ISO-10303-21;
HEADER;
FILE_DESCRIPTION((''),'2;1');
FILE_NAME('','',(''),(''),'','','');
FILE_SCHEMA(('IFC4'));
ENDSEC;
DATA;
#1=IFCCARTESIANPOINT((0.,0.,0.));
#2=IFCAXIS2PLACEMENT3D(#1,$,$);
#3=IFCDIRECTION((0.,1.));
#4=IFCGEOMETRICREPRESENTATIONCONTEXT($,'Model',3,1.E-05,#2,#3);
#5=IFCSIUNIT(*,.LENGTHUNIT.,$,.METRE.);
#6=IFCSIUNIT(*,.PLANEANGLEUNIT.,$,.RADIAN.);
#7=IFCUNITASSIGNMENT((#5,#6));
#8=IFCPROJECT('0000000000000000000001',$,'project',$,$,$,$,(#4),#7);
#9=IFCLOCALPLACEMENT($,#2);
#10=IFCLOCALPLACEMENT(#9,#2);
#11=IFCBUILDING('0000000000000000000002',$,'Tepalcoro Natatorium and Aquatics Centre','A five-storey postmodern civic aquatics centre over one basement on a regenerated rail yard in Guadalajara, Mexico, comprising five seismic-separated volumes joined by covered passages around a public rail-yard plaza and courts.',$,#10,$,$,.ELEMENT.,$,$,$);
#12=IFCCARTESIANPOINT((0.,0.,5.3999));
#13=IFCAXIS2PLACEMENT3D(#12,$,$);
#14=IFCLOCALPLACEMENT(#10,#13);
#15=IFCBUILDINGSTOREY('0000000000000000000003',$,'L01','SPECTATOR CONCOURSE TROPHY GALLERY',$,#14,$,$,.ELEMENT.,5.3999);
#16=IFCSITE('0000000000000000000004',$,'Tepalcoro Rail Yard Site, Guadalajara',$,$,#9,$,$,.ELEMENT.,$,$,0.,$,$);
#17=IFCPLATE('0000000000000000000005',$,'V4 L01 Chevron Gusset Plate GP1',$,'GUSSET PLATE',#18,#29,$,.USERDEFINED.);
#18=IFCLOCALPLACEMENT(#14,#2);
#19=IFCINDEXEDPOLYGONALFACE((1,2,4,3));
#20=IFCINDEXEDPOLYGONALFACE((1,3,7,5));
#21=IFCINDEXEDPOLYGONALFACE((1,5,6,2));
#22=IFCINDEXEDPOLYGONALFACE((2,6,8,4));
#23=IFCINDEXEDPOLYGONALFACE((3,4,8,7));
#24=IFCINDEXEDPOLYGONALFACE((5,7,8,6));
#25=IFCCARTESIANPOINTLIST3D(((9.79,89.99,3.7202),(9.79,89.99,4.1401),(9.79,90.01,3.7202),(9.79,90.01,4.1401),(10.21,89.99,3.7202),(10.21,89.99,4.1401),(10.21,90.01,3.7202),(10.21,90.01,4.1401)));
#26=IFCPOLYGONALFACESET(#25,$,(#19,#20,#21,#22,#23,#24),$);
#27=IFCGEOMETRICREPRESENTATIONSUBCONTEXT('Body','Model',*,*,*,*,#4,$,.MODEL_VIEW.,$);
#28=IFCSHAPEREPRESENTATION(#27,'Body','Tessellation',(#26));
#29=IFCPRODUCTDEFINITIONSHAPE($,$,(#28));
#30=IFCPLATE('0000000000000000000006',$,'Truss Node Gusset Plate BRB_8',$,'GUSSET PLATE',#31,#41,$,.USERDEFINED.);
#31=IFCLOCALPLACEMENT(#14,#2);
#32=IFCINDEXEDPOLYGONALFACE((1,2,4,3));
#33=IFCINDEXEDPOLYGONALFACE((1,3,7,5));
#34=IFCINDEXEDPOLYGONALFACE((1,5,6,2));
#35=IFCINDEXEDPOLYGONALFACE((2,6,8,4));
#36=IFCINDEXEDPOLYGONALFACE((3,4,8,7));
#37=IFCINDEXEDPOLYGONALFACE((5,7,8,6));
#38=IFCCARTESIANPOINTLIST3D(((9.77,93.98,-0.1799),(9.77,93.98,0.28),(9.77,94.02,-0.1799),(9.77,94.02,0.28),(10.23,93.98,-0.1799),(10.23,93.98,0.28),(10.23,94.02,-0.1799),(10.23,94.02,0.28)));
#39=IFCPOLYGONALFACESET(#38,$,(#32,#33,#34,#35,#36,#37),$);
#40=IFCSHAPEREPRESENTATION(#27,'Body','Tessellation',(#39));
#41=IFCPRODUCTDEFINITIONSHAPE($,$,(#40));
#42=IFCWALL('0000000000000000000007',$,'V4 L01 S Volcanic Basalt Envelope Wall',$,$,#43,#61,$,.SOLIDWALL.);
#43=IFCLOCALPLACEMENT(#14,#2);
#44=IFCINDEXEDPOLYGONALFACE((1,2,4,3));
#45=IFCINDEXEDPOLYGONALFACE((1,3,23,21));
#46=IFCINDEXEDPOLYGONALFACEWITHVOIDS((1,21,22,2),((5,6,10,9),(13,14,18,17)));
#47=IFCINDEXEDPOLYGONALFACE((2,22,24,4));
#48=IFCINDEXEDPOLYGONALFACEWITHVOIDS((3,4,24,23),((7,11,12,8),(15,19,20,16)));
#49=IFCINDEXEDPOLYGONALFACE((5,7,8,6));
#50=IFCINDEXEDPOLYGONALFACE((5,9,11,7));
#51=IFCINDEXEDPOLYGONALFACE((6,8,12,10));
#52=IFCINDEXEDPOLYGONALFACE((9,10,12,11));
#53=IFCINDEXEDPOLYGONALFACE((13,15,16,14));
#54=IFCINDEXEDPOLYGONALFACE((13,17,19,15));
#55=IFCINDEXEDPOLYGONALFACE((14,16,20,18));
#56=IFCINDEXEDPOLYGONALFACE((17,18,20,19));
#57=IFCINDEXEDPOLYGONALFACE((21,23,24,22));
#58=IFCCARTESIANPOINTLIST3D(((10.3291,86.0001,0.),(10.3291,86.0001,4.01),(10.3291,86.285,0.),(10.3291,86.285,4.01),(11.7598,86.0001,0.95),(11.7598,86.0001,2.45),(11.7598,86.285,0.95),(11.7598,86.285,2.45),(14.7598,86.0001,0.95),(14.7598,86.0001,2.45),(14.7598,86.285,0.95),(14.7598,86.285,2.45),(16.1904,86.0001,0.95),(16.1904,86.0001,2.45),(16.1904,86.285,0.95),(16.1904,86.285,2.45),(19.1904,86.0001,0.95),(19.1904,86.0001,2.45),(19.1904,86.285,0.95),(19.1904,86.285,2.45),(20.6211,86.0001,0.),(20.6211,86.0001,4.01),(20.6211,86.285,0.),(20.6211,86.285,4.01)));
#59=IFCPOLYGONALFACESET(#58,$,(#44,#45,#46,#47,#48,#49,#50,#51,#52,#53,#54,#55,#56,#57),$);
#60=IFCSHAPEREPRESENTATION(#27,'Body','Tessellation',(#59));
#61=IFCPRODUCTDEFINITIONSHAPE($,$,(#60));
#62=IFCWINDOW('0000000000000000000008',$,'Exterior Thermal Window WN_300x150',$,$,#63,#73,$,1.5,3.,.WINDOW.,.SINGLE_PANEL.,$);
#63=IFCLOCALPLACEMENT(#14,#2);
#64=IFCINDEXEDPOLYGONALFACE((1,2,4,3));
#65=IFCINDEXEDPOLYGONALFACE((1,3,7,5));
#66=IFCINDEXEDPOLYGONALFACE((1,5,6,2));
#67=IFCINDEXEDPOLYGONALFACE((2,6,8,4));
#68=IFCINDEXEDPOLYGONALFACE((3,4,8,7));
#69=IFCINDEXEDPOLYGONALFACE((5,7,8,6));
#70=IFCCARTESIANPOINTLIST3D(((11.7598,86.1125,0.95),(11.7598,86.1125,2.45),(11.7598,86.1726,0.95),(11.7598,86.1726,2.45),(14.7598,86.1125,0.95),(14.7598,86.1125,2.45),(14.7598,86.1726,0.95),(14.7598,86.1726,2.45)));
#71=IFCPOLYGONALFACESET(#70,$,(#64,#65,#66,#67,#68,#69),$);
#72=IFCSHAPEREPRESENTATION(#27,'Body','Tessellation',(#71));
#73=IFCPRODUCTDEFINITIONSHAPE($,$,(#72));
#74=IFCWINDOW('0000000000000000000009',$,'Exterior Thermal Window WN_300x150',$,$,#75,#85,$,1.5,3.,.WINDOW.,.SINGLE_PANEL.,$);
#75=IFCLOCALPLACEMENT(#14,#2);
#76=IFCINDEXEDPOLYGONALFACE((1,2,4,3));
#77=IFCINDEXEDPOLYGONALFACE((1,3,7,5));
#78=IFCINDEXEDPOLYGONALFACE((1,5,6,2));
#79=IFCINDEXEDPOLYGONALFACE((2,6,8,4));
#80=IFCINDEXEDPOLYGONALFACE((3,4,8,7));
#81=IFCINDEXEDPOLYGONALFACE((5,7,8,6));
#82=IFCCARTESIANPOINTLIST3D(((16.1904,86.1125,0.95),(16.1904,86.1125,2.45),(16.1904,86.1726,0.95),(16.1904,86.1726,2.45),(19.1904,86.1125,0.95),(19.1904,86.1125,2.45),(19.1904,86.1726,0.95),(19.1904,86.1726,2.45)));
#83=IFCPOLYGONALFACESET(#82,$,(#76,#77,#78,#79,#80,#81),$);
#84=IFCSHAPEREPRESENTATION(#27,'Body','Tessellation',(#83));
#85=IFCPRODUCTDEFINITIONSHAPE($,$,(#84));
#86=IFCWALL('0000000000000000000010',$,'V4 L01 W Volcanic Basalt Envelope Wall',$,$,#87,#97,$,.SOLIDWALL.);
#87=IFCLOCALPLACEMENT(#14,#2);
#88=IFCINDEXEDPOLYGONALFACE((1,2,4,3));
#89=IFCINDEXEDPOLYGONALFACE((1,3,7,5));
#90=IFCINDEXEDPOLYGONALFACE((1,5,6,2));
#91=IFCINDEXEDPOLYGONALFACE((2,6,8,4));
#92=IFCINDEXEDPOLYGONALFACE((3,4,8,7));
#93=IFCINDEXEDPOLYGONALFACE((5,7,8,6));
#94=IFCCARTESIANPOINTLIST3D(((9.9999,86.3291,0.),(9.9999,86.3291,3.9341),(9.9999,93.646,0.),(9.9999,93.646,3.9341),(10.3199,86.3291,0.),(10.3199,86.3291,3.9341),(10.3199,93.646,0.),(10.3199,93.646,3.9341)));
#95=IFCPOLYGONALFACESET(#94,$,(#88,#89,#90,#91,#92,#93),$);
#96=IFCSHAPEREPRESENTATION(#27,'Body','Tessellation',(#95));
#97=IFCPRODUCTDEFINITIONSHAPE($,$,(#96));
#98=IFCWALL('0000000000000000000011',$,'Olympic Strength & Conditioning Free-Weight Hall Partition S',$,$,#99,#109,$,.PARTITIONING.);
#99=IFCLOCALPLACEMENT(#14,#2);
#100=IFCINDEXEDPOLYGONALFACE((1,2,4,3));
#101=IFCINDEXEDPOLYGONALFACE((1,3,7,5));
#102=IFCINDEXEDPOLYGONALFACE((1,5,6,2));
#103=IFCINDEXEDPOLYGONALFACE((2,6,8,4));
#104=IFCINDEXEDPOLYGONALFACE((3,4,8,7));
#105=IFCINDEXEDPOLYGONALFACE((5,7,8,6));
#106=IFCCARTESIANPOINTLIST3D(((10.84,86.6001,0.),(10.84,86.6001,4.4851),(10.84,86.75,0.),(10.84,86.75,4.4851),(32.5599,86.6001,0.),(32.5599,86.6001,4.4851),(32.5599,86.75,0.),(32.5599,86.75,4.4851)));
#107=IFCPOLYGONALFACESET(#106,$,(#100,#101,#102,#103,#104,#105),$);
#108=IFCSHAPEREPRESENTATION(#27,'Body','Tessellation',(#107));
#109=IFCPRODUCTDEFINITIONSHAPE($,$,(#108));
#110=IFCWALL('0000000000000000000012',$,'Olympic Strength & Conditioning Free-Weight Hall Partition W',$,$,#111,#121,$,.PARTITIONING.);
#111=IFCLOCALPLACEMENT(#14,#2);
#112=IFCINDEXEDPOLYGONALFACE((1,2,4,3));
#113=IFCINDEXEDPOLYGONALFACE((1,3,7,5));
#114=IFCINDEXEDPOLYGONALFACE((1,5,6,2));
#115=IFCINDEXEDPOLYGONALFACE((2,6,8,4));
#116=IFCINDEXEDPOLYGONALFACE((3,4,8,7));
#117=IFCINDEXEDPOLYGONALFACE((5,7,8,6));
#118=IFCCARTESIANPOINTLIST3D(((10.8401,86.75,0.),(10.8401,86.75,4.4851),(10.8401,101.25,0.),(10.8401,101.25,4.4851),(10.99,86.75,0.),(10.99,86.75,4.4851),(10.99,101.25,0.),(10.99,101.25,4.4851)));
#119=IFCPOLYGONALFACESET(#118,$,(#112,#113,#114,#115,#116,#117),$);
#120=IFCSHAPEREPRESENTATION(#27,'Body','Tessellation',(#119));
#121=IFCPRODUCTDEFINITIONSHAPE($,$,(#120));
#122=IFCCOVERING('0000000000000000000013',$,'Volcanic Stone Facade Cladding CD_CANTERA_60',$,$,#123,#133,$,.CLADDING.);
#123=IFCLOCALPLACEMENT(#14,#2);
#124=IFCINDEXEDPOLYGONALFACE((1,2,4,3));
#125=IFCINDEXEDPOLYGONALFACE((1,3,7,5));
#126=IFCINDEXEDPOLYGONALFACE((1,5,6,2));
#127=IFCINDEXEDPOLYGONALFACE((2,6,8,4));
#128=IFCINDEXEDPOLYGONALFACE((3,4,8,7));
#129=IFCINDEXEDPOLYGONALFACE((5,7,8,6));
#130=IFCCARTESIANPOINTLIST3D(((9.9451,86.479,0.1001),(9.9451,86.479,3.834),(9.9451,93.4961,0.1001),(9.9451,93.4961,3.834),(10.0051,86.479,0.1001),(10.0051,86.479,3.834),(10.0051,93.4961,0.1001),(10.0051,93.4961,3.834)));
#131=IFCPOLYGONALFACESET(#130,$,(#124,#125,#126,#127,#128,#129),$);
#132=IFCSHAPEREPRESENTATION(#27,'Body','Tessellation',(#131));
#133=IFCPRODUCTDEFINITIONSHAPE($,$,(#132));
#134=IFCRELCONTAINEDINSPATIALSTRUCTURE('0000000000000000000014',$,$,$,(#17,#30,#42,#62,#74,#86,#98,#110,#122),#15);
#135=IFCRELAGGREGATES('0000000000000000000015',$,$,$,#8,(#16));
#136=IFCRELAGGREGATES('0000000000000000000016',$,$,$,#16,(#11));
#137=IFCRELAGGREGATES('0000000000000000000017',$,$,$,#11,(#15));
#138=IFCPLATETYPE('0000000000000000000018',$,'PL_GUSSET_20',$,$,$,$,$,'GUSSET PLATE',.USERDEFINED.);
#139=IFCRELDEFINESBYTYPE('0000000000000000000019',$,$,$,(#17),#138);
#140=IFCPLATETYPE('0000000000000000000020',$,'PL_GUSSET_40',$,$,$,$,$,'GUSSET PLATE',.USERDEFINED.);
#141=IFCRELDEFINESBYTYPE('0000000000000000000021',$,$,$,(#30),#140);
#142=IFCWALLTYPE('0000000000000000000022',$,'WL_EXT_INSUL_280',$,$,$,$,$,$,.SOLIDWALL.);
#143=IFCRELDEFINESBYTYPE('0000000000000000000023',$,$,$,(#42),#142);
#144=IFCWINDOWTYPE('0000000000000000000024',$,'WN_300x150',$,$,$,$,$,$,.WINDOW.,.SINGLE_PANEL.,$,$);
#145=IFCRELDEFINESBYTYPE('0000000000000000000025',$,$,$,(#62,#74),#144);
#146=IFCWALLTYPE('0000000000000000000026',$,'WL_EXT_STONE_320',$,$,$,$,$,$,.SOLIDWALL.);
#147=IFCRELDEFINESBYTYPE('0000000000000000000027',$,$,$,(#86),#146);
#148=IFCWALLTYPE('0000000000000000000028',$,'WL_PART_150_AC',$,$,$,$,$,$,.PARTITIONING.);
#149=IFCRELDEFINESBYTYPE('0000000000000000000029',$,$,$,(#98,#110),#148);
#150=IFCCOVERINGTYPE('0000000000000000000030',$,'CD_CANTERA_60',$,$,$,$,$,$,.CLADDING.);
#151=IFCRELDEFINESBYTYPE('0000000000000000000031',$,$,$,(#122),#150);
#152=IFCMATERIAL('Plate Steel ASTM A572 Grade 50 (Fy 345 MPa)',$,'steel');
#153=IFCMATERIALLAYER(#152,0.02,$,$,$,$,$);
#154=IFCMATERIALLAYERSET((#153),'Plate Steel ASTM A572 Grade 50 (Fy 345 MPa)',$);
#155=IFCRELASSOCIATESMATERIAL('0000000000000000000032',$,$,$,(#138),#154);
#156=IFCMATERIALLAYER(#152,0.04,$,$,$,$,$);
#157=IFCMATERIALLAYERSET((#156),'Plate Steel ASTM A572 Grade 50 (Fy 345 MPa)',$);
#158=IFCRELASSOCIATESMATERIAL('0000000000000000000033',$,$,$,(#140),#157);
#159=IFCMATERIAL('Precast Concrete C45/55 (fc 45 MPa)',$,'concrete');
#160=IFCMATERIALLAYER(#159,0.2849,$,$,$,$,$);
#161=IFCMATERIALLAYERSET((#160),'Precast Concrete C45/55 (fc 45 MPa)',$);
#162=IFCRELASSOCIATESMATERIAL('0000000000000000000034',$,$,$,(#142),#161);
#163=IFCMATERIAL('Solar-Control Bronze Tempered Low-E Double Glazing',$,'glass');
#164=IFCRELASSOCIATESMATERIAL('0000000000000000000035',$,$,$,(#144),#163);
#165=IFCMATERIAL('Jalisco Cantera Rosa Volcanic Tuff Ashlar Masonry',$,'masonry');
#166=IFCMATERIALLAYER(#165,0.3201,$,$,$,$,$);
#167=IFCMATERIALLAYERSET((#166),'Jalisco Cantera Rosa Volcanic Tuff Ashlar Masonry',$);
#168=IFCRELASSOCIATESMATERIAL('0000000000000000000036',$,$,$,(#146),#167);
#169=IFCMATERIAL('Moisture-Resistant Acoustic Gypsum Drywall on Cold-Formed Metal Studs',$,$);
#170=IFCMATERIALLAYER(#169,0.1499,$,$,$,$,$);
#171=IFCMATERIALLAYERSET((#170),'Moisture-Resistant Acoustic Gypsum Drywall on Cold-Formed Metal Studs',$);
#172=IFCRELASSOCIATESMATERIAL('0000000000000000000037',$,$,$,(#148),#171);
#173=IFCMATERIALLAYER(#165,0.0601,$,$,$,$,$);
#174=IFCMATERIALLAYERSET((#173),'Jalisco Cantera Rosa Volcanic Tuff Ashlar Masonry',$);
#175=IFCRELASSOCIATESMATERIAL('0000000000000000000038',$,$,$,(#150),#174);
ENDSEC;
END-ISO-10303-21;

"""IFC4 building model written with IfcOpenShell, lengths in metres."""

from ifc_helpers import new_model, si_unit, direction, frame, frame_2d, origin, origin_2d, place, context, subcontext, project, spatial, rectangle, extrude, material, layer, layer_set, type_object, element, fill, save


model = new_model("IFC4")

# Units and contexts
model_context = context("Model", 3, precision=1e-05, world=origin(), true_north=direction((0.0, 1.0)))
body_context = subcontext(model_context, "Body", "Model", "MODEL_VIEW")
ifc_project = project(units=[si_unit("LENGTHUNIT", "METRE"), si_unit("PLANEANGLEUNIT", "RADIAN")], contexts=[model_context])

# Site, building, storey
site_placement = place(None, origin())
site = spatial("IfcSite", under=ifc_project, at=site_placement, Name="Tepalcoro Rail Yard Site, Guadalajara", CompositionType="ELEMENT", RefElevation=0.0)
building_placement = place(site_placement, origin())
building = spatial("IfcBuilding", under=site, at=building_placement, Name="Tepalcoro Natatorium and Aquatics Centre", Description="A five-storey postmodern civic aquatics centre over one basement on a regenerated rail yard in Guadalajara, Mexico, comprising five seismic-separated volumes joined by covered passages around a public rail-yard plaza and courts.", CompositionType="ELEMENT")
storey_placement = place(building_placement, frame((0.0, 0.0, 5.3999)))
storey = spatial("IfcBuildingStorey", under=building, at=storey_placement, Name="L01", Description="SPECTATOR CONCOURSE TROPHY GALLERY", CompositionType="ELEMENT", Elevation=5.3999)

# Plates
ifc_material_1 = material(Name="Plate Steel ASTM A572 Grade 50 (Fy 345 MPa)", Category="steel")
ifc_layer_1 = layer(ifc_material_1, 0.02)
ifc_layer_set_1 = layer_set([ifc_layer_1], Name="Plate Steel ASTM A572 Grade 50 (Fy 345 MPa)")
plate_type_1 = type_object("IfcPlateType", Name="PL_GUSSET_20", ElementType="GUSSET PLATE", PredefinedType="USERDEFINED", material=ifc_layer_set_1)
plate_1_placement = place(storey_placement, frame((10.0, 90.0, 3.7202), z_axis=(0.0, 0.0, 1.0), x_axis=(1.0, 0.0, 0.0)))
element("IfcPlate", 1, at=plate_1_placement, inside=storey, type_object=plate_type_1, Name="V4 L01 Chevron Gusset Plate GP1", ObjectType="GUSSET PLATE", PredefinedType="USERDEFINED", context=body_context, shape_type="SweptSolid", body=[
    extrude(rectangle(XDim=0.4199, YDim=0.02, at=origin_2d()), origin(), (0.0, 0.0, 1.0), 0.4199),
])
ifc_layer_2 = layer(ifc_material_1, 0.04)
ifc_layer_set_2 = layer_set([ifc_layer_2], Name="Plate Steel ASTM A572 Grade 50 (Fy 345 MPa)")
plate_type_2 = type_object("IfcPlateType", Name="PL_GUSSET_40", ElementType="GUSSET PLATE", PredefinedType="USERDEFINED", material=ifc_layer_set_2)
plate_2_placement = place(storey_placement, frame((10.0, 94.0, -0.1799), z_axis=(0.0, 0.0, 1.0), x_axis=(1.0, 0.0, 0.0)))
element("IfcPlate", 2, at=plate_2_placement, inside=storey, type_object=plate_type_2, Name="Truss Node Gusset Plate BRB_8", ObjectType="GUSSET PLATE", PredefinedType="USERDEFINED", context=body_context, shape_type="SweptSolid", body=[
    extrude(rectangle(XDim=0.46, YDim=0.04, at=origin_2d()), origin(), (0.0, 0.0, 1.0), 0.46),
])

# Wall, openings, windows
ifc_material_2 = material(Name="Precast Concrete C45/55 (fc 45 MPa)", Category="concrete")
ifc_layer_3 = layer(ifc_material_2, 0.2849)
ifc_layer_set_3 = layer_set([ifc_layer_3], Name="Precast Concrete C45/55 (fc 45 MPa)")
wall_type_1 = type_object("IfcWallType", Name="WL_EXT_INSUL_280", PredefinedType="SOLIDWALL", material=ifc_layer_set_3)
wall_1_placement = place(storey_placement, frame((10.3291, 86.1426, 0.0), z_axis=(0.0, 0.0, 1.0), x_axis=(1.0, 0.0, 0.0)))
wall_1 = element("IfcWall", 3, at=wall_1_placement, inside=storey, type_object=wall_type_1, Name="V4 L01 S Volcanic Basalt Envelope Wall", PredefinedType="SOLIDWALL", context=body_context, shape_type="SweptSolid", body=[
    extrude(rectangle(XDim=10.292, YDim=0.2849, at=frame_2d((5.146, 0.0))), origin(), (0.0, 0.0, 1.0), 4.01),
])
opening_1_placement = place(wall_1_placement, frame((1.4307, 0.0, 0.95)))
opening_1 = element("IfcOpeningElement", 4, at=opening_1_placement, cuts=wall_1, PredefinedType="OPENING", context=body_context, shape_type="SweptSolid", body=[
    extrude(rectangle(XDim=3.0, YDim=1.5, at=frame_2d((1.5, 0.75))), frame((0.0, 0.1543, 0.0), z_axis=(0.0, -1.0, 0.0), x_axis=(1.0, 0.0, 0.0)), (0.0, 0.0, 1.0), 0.3088),
])
opening_2_placement = place(wall_1_placement, frame((5.8613, 0.0, 0.95)))
opening_2 = element("IfcOpeningElement", 5, at=opening_2_placement, cuts=wall_1, PredefinedType="OPENING", context=body_context, shape_type="SweptSolid", body=[
    extrude(rectangle(XDim=3.0, YDim=1.5, at=frame_2d((1.5, 0.75))), frame((0.0, 0.1543, 0.0), z_axis=(0.0, -1.0, 0.0), x_axis=(1.0, 0.0, 0.0)), (0.0, 0.0, 1.0), 0.3088),
])
ifc_material_3 = material(Name="Solar-Control Bronze Tempered Low-E Double Glazing", Category="glass")
window_type = type_object("IfcWindowType", Name="WN_300x150", PartitioningType="SINGLE_PANEL", PredefinedType="WINDOW", material=ifc_material_3)
window_1_placement = place(opening_1_placement, origin())
window_1 = element("IfcWindow", 6, at=window_1_placement, inside=storey, type_object=window_type, Name="Exterior Thermal Window WN_300x150", OverallHeight=1.5, OverallWidth=3.0, PartitioningType="SINGLE_PANEL", PredefinedType="WINDOW", context=body_context, shape_type="SweptSolid", body=[
    extrude(rectangle(XDim=3.0, YDim=1.5, at=frame_2d((1.5, 0.75))), frame((0.0, 0.03, 0.0), z_axis=(0.0, -1.0, 0.0), x_axis=(1.0, 0.0, 0.0)), (0.0, 0.0, 1.0), 0.0601),
])
fill(opening_1, window_1)
window_2_placement = place(opening_2_placement, origin())
window_2 = element("IfcWindow", 7, at=window_2_placement, inside=storey, type_object=window_type, Name="Exterior Thermal Window WN_300x150", OverallHeight=1.5, OverallWidth=3.0, PartitioningType="SINGLE_PANEL", PredefinedType="WINDOW", context=body_context, shape_type="SweptSolid", body=[
    extrude(rectangle(XDim=3.0, YDim=1.5, at=frame_2d((1.5, 0.75))), frame((0.0, 0.03, 0.0), z_axis=(0.0, -1.0, 0.0), x_axis=(1.0, 0.0, 0.0)), (0.0, 0.0, 1.0), 0.0601),
])
fill(opening_2, window_2)

# Walls
ifc_material_4 = material(Name="Jalisco Cantera Rosa Volcanic Tuff Ashlar Masonry", Category="masonry")
ifc_layer_4 = layer(ifc_material_4, 0.3201)
ifc_layer_set_4 = layer_set([ifc_layer_4], Name="Jalisco Cantera Rosa Volcanic Tuff Ashlar Masonry")
wall_type_2 = type_object("IfcWallType", Name="WL_EXT_STONE_320", PredefinedType="SOLIDWALL", material=ifc_layer_set_4)
wall_2_placement = place(storey_placement, frame((10.1599, 86.3291, 0.0), z_axis=(0.0, 0.0, 1.0), x_axis=(0.0, 1.0, 0.0)))
element("IfcWall", 8, at=wall_2_placement, inside=storey, type_object=wall_type_2, Name="V4 L01 W Volcanic Basalt Envelope Wall", PredefinedType="SOLIDWALL", context=body_context, shape_type="SweptSolid", body=[
    extrude(rectangle(XDim=7.3169, YDim=0.3201, at=frame_2d((3.6584, 0.0))), origin(), (0.0, 0.0, 1.0), 3.9341),
])
ifc_material_5 = material(Name="Moisture-Resistant Acoustic Gypsum Drywall on Cold-Formed Metal Studs")
ifc_layer_5 = layer(ifc_material_5, 0.1499)
ifc_layer_set_5 = layer_set([ifc_layer_5], Name="Moisture-Resistant Acoustic Gypsum Drywall on Cold-Formed Metal Studs")
wall_type_3 = type_object("IfcWallType", Name="WL_PART_150_AC", PredefinedType="PARTITIONING", material=ifc_layer_set_5)
wall_3_placement = place(storey_placement, frame((10.8401, 86.675, 0.0), z_axis=(0.0, 0.0, 1.0), x_axis=(1.0, 0.0, 0.0)))
element("IfcWall", 9, at=wall_3_placement, inside=storey, type_object=wall_type_3, Name="Olympic Strength & Conditioning Free-Weight Hall Partition S", PredefinedType="PARTITIONING", context=body_context, shape_type="SweptSolid", body=[
    extrude(rectangle(XDim=21.72, YDim=0.1499, at=frame_2d((10.8599, 0.0))), origin(), (0.0, 0.0, 1.0), 4.4851),
])
wall_4_placement = place(storey_placement, frame((10.915, 86.75, 0.0), z_axis=(0.0, 0.0, 1.0), x_axis=(0.0, 1.0, 0.0)))
element("IfcWall", 10, at=wall_4_placement, inside=storey, type_object=wall_type_3, Name="Olympic Strength & Conditioning Free-Weight Hall Partition W", PredefinedType="PARTITIONING", context=body_context, shape_type="SweptSolid", body=[
    extrude(rectangle(XDim=14.5, YDim=0.1499, at=frame_2d((7.25, 0.0))), origin(), (0.0, 0.0, 1.0), 4.4851),
])

# Covering
ifc_layer_6 = layer(ifc_material_4, 0.0601)
ifc_layer_set_6 = layer_set([ifc_layer_6], Name="Jalisco Cantera Rosa Volcanic Tuff Ashlar Masonry")
covering_type = type_object("IfcCoveringType", Name="CD_CANTERA_60", PredefinedType="CLADDING", material=ifc_layer_set_6)
covering_placement = place(storey_placement, frame((9.9751, 89.9875, 0.1001), z_axis=(0.0, 0.0, 1.0), x_axis=(1.0, 0.0, 0.0)))
element("IfcCovering", 11, at=covering_placement, inside=storey, type_object=covering_type, Name="Volcanic Stone Facade Cladding CD_CANTERA_60", PredefinedType="CLADDING", context=body_context, shape_type="SweptSolid", body=[
    extrude(rectangle(XDim=0.0601, YDim=7.0171, at=origin_2d()), origin(), (0.0, 0.0, 1.0), 3.7339),
])

save(model, "model.ifc")
